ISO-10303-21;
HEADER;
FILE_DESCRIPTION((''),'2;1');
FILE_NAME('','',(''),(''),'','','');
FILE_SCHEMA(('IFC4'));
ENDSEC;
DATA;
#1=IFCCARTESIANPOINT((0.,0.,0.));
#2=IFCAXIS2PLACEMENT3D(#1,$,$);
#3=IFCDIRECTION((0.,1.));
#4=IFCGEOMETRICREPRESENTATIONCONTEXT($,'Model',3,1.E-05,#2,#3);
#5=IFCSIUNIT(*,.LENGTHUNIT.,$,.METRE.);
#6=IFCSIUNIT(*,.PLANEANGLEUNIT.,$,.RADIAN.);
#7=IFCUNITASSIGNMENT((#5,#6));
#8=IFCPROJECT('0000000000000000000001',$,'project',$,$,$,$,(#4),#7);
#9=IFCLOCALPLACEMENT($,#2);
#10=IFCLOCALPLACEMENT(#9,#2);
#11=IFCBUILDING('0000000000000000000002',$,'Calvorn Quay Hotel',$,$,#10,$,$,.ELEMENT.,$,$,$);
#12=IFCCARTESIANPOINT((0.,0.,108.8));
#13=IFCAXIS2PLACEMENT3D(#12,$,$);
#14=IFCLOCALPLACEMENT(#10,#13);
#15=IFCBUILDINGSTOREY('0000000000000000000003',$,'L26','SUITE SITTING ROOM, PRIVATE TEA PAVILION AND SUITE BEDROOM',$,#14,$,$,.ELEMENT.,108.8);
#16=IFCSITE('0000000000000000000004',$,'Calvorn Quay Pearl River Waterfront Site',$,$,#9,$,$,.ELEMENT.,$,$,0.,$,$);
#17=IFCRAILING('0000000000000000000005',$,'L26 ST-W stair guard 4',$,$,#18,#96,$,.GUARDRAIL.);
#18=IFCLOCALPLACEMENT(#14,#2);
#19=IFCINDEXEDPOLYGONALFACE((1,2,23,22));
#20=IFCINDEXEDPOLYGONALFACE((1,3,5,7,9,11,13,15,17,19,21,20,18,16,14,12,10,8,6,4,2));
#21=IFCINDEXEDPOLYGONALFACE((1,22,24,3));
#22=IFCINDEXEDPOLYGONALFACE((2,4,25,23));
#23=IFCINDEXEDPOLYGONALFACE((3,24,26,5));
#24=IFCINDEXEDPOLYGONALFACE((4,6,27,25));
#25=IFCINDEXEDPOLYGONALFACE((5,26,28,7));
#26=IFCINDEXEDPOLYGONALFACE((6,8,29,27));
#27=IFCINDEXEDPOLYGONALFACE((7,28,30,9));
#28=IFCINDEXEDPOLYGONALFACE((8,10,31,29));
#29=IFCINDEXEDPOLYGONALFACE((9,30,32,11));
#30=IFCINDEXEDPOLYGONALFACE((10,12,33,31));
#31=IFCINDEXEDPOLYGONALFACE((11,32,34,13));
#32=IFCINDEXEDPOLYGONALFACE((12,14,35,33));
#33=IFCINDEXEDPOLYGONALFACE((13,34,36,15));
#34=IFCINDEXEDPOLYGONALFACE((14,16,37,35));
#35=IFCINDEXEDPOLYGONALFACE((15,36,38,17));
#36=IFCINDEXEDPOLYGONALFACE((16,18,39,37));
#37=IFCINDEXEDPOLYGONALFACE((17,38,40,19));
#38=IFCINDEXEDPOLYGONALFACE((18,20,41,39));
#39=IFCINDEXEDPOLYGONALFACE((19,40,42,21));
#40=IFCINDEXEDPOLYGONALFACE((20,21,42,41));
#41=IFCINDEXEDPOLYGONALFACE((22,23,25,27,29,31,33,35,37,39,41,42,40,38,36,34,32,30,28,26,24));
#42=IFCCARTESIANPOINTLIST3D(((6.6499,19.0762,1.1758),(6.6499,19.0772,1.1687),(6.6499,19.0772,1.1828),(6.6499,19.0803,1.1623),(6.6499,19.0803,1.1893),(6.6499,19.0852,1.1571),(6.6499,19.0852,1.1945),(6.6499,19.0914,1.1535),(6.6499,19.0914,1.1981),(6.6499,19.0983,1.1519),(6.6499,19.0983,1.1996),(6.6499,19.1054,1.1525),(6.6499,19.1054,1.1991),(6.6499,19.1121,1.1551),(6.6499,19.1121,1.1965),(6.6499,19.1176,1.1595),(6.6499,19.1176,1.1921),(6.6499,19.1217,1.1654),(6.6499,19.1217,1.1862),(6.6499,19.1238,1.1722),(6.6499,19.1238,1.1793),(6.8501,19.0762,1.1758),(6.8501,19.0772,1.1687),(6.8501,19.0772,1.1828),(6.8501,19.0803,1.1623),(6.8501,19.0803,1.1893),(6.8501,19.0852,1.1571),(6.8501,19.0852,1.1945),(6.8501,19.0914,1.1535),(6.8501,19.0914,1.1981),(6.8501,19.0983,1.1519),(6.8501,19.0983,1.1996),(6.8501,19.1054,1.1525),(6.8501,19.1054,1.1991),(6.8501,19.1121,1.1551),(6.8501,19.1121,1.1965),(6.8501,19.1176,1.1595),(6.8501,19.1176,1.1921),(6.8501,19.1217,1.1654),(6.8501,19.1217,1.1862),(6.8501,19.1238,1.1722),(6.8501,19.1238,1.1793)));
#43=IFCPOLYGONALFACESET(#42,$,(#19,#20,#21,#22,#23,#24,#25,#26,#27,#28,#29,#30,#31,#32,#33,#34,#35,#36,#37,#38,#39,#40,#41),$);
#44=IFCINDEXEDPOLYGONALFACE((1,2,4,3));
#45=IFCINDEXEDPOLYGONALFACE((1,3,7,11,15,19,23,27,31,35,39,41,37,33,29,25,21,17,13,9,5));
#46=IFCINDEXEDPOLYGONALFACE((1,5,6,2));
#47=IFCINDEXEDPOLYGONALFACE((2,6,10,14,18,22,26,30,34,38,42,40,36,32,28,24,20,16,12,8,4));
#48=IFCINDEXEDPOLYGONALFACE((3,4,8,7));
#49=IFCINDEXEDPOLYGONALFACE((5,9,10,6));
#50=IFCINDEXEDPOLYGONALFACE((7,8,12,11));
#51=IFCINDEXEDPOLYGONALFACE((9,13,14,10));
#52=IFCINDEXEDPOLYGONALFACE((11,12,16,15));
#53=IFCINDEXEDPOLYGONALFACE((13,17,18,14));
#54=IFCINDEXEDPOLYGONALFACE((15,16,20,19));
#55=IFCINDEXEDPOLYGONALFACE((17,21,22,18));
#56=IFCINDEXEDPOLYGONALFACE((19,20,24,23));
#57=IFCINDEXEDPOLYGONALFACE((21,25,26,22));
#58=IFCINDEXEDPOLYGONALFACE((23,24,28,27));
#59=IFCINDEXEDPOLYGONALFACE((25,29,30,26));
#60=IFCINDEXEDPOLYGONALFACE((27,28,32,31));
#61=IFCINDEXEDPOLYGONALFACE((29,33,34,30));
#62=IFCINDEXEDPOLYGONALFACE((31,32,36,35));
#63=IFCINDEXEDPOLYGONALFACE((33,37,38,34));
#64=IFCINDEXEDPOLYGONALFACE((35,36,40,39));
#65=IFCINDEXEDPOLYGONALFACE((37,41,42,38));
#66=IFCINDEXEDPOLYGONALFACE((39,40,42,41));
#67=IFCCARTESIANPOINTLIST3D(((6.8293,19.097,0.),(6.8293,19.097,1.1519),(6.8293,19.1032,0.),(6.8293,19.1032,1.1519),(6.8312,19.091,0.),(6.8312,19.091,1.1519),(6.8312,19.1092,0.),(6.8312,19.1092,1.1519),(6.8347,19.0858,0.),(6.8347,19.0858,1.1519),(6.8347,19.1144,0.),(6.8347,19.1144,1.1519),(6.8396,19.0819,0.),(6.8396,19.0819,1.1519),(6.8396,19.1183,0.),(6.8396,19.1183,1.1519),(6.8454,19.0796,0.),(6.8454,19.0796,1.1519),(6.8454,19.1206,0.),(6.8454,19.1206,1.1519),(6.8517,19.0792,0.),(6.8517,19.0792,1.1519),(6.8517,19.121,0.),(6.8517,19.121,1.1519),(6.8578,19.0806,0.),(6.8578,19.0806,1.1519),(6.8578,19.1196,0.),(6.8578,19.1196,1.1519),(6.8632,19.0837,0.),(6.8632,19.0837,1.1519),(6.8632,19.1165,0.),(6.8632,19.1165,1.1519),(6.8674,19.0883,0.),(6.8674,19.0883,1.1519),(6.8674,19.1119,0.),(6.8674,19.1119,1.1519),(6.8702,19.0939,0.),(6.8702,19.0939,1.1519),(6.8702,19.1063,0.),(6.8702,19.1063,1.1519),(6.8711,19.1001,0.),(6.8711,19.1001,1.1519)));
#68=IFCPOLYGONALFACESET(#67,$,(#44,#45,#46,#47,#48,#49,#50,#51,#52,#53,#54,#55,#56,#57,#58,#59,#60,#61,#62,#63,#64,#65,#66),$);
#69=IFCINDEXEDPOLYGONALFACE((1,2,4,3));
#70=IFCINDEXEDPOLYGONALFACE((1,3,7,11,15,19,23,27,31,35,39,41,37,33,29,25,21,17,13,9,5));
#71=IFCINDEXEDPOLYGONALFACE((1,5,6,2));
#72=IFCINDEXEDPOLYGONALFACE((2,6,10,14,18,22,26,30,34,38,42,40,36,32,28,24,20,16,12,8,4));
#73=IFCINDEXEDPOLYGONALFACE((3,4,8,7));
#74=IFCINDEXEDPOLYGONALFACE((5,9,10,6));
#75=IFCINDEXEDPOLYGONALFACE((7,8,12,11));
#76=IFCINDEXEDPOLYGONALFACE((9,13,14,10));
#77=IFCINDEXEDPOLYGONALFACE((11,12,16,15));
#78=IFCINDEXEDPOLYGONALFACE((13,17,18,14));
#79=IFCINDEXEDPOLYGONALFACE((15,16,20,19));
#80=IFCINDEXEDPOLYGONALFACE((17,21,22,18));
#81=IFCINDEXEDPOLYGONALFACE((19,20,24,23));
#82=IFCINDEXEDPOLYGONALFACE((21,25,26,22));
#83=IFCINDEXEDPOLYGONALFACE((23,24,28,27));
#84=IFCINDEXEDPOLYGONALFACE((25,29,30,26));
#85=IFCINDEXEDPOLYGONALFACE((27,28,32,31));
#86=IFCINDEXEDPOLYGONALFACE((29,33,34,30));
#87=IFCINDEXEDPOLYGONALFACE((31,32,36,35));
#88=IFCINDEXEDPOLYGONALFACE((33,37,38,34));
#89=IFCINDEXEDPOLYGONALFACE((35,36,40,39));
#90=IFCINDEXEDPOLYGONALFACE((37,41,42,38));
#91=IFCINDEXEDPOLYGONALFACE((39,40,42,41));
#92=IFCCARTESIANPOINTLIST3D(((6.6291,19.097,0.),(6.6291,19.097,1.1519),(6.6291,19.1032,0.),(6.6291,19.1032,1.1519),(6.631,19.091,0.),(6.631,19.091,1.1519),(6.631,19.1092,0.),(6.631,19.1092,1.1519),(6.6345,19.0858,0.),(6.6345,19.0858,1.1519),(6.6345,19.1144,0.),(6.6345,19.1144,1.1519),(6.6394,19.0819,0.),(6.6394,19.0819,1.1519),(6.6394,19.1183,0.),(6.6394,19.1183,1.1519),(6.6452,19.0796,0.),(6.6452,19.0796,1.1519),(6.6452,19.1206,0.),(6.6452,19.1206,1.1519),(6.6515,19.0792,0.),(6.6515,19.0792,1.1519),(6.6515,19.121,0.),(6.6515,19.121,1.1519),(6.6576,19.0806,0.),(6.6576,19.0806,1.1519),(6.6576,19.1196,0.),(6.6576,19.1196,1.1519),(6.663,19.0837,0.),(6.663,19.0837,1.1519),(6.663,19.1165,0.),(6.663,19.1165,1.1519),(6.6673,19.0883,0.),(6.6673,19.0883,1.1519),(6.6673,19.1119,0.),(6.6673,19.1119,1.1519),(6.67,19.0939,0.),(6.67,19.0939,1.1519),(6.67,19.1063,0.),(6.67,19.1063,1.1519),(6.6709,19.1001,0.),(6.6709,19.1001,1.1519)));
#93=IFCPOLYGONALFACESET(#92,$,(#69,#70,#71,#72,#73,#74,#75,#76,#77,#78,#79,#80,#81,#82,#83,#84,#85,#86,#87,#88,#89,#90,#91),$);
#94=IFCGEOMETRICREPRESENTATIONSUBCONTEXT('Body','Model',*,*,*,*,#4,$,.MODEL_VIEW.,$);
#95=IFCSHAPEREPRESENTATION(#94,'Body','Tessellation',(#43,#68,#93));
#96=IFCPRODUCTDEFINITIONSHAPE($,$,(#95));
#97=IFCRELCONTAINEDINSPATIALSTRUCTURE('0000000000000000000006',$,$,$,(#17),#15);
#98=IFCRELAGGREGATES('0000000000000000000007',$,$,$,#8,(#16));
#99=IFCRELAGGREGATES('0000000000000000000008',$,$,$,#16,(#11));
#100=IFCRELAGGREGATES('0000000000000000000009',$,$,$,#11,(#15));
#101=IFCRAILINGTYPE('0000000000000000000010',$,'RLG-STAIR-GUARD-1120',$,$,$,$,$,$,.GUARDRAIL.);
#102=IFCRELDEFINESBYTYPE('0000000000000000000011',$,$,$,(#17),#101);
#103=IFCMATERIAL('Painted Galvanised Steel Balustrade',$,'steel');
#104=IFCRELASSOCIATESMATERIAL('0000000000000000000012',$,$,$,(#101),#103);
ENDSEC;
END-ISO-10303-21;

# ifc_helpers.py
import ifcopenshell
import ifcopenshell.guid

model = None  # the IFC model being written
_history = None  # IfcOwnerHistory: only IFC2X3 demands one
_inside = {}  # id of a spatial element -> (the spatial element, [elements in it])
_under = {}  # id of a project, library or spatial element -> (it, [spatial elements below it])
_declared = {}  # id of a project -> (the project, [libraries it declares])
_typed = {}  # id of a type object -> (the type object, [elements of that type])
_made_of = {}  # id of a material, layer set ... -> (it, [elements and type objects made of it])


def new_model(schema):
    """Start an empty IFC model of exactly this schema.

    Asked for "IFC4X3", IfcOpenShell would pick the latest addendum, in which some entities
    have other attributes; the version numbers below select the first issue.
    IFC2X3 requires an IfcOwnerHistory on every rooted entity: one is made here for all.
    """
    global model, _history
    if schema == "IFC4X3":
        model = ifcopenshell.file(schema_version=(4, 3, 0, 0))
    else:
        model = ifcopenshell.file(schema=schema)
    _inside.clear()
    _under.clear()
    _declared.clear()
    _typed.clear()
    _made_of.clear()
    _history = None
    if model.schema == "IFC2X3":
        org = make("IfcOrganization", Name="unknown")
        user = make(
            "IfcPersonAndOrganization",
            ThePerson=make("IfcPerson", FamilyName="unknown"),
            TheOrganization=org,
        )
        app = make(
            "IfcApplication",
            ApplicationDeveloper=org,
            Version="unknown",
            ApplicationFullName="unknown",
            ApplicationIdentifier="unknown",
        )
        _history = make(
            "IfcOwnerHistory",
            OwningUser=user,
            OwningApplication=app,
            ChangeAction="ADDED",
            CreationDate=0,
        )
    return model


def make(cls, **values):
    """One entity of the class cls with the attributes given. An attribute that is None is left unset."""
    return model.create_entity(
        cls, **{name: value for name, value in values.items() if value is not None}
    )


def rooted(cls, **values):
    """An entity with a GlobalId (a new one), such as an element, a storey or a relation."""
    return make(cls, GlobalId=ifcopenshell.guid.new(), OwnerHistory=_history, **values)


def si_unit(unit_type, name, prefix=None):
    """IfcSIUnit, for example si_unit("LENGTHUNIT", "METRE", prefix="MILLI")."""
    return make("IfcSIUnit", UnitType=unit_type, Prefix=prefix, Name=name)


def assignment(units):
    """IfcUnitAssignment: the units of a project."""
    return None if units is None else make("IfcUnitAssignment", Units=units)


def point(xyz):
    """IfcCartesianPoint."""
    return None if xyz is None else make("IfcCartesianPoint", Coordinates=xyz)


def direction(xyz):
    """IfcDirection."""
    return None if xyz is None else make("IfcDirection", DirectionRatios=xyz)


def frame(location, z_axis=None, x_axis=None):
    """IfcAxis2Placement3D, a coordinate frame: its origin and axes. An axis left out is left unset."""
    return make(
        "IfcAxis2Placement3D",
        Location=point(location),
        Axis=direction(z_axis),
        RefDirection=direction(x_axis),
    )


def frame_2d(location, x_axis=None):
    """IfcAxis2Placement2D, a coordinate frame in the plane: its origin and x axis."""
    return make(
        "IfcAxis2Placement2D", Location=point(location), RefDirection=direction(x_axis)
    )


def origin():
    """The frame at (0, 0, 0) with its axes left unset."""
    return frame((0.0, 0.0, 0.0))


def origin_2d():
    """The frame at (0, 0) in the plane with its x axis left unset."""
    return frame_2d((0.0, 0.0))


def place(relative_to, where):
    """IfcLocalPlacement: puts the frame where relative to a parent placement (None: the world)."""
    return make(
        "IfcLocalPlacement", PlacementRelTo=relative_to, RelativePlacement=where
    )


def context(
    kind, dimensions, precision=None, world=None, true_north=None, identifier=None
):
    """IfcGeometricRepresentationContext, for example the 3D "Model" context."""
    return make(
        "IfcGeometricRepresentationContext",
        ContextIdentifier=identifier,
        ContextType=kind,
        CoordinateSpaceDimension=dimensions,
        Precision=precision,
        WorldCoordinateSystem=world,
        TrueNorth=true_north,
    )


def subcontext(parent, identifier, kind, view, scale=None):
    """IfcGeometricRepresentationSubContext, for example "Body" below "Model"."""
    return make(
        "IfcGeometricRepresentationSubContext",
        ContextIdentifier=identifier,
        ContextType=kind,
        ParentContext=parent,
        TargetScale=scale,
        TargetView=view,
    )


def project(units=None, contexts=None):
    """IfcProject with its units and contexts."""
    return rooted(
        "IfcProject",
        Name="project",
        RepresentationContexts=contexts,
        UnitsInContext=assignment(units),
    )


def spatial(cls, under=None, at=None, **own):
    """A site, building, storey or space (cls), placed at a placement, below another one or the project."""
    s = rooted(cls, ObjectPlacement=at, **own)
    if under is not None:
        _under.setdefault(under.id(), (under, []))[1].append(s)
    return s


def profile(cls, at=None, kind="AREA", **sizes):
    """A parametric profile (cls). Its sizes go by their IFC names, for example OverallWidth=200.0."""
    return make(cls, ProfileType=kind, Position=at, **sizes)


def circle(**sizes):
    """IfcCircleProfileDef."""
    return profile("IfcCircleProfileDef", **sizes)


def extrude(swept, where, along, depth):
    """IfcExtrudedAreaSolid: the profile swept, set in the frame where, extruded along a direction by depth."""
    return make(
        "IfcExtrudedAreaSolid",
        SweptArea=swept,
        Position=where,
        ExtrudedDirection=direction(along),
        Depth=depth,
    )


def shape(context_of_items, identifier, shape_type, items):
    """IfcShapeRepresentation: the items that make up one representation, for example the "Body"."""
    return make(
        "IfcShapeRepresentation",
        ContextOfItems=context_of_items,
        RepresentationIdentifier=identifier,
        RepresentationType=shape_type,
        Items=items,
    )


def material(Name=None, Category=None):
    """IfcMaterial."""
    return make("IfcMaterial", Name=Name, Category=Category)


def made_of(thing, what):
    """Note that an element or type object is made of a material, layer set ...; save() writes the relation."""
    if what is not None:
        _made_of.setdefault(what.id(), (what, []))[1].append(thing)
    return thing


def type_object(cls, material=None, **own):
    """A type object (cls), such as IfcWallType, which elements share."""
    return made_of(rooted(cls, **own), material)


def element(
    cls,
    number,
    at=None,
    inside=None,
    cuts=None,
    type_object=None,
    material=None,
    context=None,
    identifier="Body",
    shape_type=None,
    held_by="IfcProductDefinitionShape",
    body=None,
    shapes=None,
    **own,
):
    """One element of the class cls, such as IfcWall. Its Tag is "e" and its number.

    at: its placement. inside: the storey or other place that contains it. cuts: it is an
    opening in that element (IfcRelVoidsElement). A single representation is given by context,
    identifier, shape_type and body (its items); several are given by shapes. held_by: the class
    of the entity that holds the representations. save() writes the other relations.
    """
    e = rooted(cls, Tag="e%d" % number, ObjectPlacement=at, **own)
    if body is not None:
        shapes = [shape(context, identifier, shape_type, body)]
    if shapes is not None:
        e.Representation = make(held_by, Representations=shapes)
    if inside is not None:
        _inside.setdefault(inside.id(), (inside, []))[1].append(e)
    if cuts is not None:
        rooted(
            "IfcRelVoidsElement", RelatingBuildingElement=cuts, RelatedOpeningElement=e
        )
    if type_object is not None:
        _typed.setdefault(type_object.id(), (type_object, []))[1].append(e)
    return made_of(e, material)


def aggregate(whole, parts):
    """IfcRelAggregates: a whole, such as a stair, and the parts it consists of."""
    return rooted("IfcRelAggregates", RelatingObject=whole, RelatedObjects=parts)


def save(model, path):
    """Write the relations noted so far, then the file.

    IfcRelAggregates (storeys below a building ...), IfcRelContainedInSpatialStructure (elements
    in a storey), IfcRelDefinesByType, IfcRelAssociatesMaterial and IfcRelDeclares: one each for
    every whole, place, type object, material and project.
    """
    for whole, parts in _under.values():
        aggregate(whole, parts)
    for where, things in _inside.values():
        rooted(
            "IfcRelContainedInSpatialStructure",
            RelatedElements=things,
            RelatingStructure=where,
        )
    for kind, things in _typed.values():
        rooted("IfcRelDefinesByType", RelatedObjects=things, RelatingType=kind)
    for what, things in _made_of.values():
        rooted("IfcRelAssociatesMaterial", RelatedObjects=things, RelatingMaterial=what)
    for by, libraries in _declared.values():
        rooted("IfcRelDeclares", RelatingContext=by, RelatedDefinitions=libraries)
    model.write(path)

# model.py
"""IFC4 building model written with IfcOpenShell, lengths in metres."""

from ifc_helpers import new_model, si_unit, direction, frame, origin, origin_2d, place, context, subcontext, project, spatial, circle, extrude, material, type_object, element, save


model = new_model("IFC4")

# Units and contexts
model_context = context("Model", 3, precision=1e-05, world=origin(), true_north=direction((0.0, 1.0)))
body_context = subcontext(model_context, "Body", "Model", "MODEL_VIEW")
ifc_project = project(units=[si_unit("LENGTHUNIT", "METRE"), si_unit("PLANEANGLEUNIT", "RADIAN")], contexts=[model_context])

# Site, building, storey
site_placement = place(None, origin())
site = spatial("IfcSite", under=ifc_project, at=site_placement, Name="Calvorn Quay Pearl River Waterfront Site", CompositionType="ELEMENT", RefElevation=0.0)
building_placement = place(site_placement, origin())
building = spatial("IfcBuilding", under=site, at=building_placement, Name="Calvorn Quay Hotel", CompositionType="ELEMENT")
storey_placement = place(building_placement, frame((0.0, 0.0, 108.8)))
storey = spatial("IfcBuildingStorey", under=building, at=storey_placement, Name="L26", Description="SUITE SITTING ROOM, PRIVATE TEA PAVILION AND SUITE BEDROOM", CompositionType="ELEMENT", Elevation=108.8)

# Railing
ifc_material_1 = material(Name="Painted Galvanised Steel Balustrade", Category="steel")
railing_type_1 = type_object("IfcRailingType", Name="RLG-STAIR-GUARD-1120", PredefinedType="GUARDRAIL", material=ifc_material_1)
railing_1_placement = place(storey_placement, frame((6.8501, 19.1001, 0.0)))
element("IfcRailing", 1, at=railing_1_placement, inside=storey, type_object=railing_type_1, Name="L26 ST-W stair guard 4", PredefinedType="GUARDRAIL", context=body_context, shape_type="SweptSolid", body=[
    extrude(circle(Radius=0.0239, at=origin_2d()), frame((0.0, 0.0, 1.1758), z_axis=(-1.0, 0.0, 0.0), x_axis=(0.0, -1.0, 0.0)), (0.0, 0.0, 1.0), 0.2002),
    extrude(circle(Radius=0.021, at=origin_2d()), origin(), (0.0, 0.0, 1.0), 1.1519),
    extrude(circle(Radius=0.021, at=origin_2d()), frame((-0.2002, 0.0, 0.0)), (0.0, 0.0, 1.0), 1.1519),
])

save(model, "model.ifc")
